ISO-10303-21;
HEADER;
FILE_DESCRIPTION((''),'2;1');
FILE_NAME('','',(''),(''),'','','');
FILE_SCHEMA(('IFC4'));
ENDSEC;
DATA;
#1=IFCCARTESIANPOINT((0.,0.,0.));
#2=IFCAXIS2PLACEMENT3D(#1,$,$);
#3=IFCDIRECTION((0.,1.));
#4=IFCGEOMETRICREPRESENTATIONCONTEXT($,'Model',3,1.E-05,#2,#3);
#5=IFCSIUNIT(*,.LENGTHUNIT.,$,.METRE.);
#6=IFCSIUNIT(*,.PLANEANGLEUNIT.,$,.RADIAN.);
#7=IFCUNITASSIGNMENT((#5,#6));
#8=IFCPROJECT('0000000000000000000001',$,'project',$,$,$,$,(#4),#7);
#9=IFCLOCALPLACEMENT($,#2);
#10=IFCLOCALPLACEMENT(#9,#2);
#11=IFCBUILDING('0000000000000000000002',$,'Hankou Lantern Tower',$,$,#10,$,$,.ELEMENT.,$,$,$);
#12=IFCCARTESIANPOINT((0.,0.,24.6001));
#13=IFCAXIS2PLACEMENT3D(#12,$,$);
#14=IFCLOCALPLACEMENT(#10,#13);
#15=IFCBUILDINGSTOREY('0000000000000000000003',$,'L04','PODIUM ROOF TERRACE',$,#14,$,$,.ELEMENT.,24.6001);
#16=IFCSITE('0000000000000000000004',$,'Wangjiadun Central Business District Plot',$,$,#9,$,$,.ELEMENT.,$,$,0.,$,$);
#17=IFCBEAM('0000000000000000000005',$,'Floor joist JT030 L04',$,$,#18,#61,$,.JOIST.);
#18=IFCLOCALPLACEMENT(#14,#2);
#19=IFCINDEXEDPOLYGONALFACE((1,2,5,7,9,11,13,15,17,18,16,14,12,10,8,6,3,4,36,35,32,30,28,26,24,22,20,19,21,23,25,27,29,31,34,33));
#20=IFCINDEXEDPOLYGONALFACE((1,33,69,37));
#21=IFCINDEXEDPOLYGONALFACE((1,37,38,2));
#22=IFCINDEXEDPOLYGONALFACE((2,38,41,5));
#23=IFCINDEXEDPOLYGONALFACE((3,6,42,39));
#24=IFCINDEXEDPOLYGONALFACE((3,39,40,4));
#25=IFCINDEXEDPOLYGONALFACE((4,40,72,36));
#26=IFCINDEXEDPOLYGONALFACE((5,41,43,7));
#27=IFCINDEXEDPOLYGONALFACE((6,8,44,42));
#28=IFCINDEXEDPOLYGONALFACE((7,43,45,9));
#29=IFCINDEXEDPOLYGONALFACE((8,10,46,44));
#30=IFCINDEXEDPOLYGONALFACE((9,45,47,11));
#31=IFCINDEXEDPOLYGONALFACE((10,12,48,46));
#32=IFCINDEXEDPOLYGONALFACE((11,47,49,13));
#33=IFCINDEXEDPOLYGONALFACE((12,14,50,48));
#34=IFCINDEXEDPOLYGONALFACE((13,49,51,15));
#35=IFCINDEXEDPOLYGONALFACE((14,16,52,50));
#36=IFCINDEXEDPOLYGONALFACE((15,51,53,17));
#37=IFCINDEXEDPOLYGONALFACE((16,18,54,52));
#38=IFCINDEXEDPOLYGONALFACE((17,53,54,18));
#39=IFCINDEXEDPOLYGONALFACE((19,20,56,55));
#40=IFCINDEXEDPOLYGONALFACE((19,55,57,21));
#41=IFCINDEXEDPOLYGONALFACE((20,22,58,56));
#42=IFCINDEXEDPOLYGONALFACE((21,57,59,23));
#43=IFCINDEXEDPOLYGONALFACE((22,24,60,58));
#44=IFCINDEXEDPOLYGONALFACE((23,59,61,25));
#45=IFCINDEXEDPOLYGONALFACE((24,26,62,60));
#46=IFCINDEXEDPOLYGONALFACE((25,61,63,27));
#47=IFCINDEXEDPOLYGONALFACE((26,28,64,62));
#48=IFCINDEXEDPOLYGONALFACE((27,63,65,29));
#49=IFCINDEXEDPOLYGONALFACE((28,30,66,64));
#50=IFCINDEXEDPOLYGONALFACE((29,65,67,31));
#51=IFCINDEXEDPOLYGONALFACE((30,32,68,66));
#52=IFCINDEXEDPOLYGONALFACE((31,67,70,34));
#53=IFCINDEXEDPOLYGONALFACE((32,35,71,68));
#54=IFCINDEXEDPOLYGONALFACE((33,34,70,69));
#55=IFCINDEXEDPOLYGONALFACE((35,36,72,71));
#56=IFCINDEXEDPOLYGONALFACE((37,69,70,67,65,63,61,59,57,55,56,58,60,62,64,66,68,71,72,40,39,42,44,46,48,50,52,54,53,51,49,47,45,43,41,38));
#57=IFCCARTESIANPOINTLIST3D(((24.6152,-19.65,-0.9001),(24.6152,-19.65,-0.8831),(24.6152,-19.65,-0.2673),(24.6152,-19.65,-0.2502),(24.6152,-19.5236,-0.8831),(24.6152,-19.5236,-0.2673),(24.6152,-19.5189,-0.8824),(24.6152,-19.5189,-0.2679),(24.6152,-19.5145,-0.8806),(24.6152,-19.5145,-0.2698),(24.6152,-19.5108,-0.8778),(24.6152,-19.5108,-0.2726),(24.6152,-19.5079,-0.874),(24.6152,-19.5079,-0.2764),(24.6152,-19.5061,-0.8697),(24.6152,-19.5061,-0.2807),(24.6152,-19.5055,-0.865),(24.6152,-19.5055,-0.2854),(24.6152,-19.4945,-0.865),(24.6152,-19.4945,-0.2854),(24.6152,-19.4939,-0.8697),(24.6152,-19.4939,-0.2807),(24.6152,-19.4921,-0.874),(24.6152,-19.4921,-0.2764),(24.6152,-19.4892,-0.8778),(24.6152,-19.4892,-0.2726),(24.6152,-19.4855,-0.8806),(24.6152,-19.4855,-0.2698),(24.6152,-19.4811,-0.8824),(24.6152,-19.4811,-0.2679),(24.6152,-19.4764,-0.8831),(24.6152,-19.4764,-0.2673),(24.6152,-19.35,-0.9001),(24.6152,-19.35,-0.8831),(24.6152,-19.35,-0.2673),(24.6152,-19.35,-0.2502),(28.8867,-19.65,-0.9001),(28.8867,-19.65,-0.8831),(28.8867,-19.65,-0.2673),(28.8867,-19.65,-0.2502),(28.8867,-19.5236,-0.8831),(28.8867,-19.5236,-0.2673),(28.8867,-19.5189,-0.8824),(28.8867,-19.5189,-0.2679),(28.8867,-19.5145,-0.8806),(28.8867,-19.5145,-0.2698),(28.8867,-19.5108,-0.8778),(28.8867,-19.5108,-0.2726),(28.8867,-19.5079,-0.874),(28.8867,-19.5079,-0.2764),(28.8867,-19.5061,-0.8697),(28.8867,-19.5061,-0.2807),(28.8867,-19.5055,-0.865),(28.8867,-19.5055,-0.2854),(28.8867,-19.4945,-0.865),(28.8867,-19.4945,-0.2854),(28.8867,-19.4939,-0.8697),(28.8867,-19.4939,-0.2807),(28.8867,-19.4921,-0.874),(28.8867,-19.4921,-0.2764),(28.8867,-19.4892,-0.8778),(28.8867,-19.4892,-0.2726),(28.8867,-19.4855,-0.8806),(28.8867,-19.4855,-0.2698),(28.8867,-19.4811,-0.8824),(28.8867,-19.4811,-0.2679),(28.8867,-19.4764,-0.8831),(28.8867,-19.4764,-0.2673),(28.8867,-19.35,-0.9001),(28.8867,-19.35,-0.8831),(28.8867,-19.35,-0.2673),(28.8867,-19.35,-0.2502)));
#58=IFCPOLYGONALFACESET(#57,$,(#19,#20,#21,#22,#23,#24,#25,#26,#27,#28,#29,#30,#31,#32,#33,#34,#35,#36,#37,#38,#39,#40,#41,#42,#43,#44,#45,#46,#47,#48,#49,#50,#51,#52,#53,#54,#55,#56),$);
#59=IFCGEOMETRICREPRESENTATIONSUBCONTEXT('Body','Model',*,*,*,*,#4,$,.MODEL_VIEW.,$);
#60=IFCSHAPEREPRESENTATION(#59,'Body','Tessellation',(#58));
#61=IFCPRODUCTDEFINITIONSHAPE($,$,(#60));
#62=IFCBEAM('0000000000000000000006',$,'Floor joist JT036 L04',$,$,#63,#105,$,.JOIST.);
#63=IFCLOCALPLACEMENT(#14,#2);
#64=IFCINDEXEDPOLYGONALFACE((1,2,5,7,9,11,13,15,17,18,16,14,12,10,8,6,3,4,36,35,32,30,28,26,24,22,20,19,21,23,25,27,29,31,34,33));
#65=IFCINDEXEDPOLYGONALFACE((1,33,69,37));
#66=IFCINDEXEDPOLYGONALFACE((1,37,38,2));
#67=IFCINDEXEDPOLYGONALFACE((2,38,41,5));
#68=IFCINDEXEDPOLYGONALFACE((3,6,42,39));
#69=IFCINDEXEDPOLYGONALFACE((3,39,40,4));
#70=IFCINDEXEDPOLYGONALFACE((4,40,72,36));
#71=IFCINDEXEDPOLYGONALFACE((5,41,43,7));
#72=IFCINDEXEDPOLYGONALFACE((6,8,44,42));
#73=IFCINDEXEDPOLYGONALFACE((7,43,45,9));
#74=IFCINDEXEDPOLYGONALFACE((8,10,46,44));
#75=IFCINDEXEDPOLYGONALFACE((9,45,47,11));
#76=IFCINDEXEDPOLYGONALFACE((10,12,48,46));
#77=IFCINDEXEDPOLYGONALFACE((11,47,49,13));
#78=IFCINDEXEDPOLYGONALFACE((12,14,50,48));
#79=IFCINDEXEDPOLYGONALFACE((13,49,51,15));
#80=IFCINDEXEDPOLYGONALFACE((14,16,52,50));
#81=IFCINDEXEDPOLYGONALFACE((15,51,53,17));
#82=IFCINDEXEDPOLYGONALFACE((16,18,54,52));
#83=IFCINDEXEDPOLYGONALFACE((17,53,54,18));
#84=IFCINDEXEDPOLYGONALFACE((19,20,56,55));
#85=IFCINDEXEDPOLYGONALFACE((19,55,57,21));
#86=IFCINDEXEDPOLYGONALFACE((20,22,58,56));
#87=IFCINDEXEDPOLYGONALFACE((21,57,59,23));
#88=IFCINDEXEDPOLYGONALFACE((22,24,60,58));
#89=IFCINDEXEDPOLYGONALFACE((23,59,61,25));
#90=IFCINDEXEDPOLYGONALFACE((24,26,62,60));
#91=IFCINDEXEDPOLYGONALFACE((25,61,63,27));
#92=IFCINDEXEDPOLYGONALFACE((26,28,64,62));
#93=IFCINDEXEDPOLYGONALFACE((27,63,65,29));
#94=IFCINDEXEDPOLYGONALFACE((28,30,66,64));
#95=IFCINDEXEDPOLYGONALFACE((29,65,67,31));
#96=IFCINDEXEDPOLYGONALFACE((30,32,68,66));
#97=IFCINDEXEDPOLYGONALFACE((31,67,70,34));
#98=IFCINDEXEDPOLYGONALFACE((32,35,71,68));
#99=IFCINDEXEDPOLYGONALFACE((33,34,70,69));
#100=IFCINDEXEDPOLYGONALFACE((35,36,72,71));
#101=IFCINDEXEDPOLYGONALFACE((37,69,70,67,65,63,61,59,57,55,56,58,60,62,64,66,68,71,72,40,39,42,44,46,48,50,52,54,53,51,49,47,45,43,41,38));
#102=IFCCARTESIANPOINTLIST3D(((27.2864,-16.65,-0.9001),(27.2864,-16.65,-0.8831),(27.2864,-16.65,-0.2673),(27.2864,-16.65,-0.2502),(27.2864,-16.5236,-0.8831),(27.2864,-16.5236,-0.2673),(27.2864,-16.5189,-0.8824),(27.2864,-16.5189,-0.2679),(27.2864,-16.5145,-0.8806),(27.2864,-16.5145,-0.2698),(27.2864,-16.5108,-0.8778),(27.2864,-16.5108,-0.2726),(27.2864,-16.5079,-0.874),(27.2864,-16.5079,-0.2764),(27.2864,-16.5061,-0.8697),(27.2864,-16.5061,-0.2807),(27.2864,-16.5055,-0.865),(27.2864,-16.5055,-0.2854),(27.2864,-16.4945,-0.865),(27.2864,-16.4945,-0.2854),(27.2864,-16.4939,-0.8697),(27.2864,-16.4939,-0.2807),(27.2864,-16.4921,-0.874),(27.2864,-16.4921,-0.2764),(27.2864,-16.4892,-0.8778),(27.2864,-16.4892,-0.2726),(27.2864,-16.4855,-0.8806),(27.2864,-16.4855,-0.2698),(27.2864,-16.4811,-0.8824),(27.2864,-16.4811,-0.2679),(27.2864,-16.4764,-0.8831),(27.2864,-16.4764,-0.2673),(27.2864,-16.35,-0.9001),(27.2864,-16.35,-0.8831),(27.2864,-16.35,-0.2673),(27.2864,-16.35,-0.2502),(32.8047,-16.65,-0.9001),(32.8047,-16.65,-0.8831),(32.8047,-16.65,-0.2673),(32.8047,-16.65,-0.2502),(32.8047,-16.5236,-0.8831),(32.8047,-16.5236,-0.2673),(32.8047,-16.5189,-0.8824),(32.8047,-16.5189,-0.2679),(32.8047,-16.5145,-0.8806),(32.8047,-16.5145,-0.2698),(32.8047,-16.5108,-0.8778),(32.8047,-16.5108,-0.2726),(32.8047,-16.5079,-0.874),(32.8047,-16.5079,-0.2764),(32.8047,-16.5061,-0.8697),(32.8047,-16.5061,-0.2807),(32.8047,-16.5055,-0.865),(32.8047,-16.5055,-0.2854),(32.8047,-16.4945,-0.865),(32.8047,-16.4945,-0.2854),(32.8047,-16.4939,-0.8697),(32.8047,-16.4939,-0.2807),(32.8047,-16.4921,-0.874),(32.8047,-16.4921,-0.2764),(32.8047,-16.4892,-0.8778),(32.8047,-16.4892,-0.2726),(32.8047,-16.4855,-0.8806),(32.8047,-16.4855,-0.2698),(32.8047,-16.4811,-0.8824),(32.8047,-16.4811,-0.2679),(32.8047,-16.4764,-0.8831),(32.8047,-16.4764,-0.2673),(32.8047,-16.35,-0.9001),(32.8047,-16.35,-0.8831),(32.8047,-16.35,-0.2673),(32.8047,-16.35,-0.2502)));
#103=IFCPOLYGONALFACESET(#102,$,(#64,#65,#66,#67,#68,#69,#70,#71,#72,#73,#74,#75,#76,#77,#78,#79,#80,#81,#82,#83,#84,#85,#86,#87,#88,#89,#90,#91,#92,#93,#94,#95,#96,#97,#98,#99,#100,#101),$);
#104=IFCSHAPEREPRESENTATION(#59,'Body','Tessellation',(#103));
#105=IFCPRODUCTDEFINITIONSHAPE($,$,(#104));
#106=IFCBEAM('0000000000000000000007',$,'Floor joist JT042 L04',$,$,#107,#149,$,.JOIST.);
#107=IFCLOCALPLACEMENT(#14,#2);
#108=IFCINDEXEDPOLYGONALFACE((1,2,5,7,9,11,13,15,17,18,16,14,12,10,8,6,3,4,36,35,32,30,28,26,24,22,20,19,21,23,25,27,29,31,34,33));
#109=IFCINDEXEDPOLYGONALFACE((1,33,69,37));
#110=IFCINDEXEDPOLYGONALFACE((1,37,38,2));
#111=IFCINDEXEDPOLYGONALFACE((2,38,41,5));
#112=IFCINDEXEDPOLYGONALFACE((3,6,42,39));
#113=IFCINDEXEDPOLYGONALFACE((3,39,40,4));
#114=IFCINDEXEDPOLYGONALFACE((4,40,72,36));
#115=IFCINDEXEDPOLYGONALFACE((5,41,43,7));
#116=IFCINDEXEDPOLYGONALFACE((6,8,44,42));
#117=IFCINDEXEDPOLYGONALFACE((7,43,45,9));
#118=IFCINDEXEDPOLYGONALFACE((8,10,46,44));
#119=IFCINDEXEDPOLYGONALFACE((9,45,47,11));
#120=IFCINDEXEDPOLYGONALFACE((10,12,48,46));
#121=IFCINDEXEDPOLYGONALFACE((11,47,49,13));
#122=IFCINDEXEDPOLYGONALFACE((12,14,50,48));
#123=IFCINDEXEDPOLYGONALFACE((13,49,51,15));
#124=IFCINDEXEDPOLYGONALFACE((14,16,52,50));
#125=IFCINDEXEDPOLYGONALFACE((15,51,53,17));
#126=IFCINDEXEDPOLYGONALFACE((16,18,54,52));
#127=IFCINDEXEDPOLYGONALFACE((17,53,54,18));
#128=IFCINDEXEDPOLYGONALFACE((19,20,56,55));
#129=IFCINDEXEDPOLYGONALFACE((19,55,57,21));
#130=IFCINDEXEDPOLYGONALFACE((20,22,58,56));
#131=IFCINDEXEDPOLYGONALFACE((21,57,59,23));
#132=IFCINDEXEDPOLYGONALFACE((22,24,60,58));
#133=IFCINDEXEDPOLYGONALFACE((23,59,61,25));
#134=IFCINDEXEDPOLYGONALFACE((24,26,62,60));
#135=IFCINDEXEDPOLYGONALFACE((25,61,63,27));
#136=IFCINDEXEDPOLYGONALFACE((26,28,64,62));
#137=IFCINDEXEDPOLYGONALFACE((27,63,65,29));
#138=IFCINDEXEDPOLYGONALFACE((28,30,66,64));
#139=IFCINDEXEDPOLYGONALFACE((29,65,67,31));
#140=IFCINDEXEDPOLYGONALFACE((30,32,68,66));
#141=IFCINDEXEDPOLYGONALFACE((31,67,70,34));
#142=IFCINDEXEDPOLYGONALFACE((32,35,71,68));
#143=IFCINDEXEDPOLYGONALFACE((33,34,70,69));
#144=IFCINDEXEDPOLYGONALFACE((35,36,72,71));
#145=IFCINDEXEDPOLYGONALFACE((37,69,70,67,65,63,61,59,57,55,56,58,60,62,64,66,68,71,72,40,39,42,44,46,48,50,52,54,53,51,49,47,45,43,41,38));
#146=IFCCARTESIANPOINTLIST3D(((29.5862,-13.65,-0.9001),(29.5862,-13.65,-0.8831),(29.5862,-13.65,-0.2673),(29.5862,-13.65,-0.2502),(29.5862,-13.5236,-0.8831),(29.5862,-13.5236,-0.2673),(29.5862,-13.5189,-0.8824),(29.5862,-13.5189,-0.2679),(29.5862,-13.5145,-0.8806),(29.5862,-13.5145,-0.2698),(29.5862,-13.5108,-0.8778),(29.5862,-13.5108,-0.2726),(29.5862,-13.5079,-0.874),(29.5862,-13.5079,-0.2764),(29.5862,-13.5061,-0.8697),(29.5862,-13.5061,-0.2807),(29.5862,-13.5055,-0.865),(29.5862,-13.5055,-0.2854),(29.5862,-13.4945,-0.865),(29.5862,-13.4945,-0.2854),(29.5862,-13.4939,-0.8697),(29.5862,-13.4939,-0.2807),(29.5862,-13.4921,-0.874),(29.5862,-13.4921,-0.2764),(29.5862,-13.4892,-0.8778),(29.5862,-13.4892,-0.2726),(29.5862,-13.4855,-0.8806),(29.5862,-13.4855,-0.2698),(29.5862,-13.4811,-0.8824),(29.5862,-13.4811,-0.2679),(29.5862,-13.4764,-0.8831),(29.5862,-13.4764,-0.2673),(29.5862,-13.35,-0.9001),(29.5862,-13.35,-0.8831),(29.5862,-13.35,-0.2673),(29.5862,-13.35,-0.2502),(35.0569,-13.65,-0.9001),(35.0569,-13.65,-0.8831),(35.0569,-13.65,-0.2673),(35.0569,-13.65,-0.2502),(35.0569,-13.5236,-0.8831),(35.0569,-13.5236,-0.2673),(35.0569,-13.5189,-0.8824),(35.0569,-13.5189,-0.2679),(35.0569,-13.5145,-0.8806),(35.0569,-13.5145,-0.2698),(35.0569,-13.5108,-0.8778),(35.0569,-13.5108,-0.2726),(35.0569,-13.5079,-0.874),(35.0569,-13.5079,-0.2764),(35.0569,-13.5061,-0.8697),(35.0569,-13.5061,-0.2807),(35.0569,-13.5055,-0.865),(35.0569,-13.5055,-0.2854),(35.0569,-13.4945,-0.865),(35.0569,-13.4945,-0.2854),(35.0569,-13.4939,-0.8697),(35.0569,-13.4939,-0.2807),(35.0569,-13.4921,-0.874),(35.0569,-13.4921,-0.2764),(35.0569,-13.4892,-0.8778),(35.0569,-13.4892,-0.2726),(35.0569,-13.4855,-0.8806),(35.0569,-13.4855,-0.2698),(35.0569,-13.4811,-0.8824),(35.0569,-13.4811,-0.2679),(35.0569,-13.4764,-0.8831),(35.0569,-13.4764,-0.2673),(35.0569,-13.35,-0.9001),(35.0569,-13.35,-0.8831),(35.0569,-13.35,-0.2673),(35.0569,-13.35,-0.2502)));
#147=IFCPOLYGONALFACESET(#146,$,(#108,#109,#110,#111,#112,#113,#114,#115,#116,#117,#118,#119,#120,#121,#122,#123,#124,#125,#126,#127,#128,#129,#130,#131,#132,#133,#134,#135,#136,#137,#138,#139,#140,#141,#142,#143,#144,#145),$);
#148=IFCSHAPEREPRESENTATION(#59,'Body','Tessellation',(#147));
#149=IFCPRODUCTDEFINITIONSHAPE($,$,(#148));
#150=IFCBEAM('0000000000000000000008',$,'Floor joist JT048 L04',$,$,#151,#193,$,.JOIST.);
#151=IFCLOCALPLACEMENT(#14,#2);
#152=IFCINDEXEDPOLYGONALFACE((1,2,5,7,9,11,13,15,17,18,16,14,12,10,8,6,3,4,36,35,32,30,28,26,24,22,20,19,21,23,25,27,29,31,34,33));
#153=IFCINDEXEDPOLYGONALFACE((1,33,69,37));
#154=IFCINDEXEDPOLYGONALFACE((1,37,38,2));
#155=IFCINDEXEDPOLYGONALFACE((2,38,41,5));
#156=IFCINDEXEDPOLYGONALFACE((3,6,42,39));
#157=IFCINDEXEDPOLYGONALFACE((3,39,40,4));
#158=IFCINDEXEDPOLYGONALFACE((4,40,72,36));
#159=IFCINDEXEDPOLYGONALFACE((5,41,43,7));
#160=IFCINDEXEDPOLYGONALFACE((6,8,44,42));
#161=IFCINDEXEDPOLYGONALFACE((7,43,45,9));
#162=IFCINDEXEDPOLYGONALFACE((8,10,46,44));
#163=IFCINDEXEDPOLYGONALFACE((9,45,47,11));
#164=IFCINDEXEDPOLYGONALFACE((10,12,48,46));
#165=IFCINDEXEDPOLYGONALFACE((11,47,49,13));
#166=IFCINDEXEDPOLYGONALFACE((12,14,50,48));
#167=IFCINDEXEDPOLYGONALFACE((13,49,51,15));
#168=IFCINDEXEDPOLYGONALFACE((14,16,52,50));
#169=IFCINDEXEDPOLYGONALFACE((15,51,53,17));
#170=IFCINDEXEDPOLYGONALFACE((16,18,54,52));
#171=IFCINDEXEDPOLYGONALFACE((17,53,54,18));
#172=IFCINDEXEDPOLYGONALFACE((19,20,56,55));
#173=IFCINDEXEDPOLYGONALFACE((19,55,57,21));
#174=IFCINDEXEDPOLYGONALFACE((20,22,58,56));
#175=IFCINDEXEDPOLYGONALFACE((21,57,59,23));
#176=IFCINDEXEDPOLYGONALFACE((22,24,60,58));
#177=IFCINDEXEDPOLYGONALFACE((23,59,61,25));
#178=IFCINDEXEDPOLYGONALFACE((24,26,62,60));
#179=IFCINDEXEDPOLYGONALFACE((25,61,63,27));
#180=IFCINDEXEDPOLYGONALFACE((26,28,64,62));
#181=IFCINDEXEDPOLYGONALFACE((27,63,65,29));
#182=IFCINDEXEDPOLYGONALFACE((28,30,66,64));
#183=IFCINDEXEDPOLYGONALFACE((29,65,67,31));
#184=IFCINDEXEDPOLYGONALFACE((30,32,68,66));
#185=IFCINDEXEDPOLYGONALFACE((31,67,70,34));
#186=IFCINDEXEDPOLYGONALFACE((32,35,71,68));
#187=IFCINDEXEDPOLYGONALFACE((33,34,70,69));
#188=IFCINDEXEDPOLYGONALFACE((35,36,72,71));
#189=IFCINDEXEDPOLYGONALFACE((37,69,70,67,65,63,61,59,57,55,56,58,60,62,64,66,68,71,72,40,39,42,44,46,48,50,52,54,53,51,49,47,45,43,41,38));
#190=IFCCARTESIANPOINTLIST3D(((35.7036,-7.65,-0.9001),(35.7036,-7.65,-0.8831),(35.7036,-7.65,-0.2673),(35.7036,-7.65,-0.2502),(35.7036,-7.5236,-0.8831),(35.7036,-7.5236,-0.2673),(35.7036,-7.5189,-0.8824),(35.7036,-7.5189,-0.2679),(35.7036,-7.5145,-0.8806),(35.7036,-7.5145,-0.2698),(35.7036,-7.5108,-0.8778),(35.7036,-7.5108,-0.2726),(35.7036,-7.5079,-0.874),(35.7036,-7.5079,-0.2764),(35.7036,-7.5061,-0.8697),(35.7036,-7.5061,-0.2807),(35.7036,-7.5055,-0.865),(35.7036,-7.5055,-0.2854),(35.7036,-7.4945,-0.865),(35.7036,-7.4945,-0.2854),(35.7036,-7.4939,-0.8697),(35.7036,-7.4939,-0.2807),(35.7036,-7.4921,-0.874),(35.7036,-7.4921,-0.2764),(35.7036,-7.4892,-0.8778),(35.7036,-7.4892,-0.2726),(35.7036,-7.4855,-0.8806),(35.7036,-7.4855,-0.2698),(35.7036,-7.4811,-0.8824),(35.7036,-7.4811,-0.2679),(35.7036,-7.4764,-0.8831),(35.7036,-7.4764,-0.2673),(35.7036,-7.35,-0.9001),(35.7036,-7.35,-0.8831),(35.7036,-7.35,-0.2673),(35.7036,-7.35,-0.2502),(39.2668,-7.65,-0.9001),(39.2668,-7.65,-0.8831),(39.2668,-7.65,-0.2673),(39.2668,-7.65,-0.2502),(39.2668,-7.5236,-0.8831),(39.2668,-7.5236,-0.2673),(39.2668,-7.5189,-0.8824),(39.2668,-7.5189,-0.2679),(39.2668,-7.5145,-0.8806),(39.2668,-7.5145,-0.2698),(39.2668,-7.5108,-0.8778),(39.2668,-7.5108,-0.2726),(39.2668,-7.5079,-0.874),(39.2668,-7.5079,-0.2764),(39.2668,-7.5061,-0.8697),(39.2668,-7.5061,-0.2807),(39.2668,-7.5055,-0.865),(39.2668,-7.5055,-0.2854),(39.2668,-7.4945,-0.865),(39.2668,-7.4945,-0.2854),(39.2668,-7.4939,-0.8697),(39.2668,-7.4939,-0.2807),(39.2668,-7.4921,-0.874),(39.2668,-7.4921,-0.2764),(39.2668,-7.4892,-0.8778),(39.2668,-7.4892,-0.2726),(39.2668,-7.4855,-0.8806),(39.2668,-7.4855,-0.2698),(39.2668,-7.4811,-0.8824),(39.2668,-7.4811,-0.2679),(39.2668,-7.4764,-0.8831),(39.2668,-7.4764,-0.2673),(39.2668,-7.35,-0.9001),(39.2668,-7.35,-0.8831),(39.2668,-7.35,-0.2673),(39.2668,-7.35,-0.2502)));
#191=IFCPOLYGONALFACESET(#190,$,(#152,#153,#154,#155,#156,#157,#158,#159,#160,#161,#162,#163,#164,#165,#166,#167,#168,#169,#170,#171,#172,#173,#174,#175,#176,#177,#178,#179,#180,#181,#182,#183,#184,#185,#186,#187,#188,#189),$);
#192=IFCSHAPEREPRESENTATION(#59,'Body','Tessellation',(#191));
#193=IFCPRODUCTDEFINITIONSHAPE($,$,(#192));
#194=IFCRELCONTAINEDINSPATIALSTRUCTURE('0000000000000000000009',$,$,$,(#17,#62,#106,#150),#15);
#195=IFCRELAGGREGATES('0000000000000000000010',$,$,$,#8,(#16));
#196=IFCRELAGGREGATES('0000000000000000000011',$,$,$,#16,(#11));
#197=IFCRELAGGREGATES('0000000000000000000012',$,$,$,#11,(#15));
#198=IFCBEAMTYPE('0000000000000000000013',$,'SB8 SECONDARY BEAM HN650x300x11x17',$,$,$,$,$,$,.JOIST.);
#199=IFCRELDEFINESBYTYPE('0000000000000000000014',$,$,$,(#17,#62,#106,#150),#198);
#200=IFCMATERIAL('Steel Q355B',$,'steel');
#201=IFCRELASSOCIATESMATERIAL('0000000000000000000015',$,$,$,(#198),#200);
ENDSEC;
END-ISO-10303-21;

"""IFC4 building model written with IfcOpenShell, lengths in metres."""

from ifc_helpers import new_model, si_unit, direction, frame, origin, origin_2d, place, context, subcontext, project, spatial, i_section, extrude, material, material_profile, profile_set, type_object, element, save


model = new_model("IFC4")

# Units and contexts
model_context = context("Model", 3, precision=1e-05, world=origin(), true_north=direction((0.0, 1.0)))
body_context = subcontext(model_context, "Body", "Model", "MODEL_VIEW")
ifc_project = project(units=[si_unit("LENGTHUNIT", "METRE"), si_unit("PLANEANGLEUNIT", "RADIAN")], contexts=[model_context])

# Site, building, storey
site_placement = place(None, origin())
site = spatial("IfcSite", under=ifc_project, at=site_placement, Name="Wangjiadun Central Business District Plot", CompositionType="ELEMENT", RefElevation=0.0)
building_placement = place(site_placement, origin())
building = spatial("IfcBuilding", under=site, at=building_placement, Name="Hankou Lantern Tower", CompositionType="ELEMENT")
storey_placement = place(building_placement, frame((0.0, 0.0, 24.6001)))
storey = spatial("IfcBuildingStorey", under=building, at=storey_placement, Name="L04", Description="PODIUM ROOF TERRACE", CompositionType="ELEMENT", Elevation=24.6001)

# Beams
ifc_material_1 = material(Name="Steel Q355B", Category="steel")
ifc_material_profile_1 = material_profile(ifc_material_1, i_section(OverallWidth=0.3, OverallDepth=0.6499, WebThickness=0.011, FlangeThickness=0.0171, FilletRadius=0.0181, at=origin_2d()), Name="HN650x300x11x17")
ifc_profile_set_1 = profile_set([ifc_material_profile_1], Name="Steel Q355B")
beam_type_1 = type_object("IfcBeamType", Name="SB8 SECONDARY BEAM HN650x300x11x17", PredefinedType="JOIST", material=ifc_profile_set_1)
beam_1_placement = place(storey_placement, frame((24.6152, -19.5, -0.5752), z_axis=(1.0, 0.0, 0.0), x_axis=(0.0, 1.0, 0.0)))
element("IfcBeam", 1, at=beam_1_placement, inside=storey, type_object=beam_type_1, Name="Floor joist JT030 L04", PredefinedType="JOIST", context=body_context, shape_type="SweptSolid", body=[
    extrude(i_section(OverallWidth=0.3, OverallDepth=0.6499, WebThickness=0.011, FlangeThickness=0.0171, FilletRadius=0.0181, at=origin_2d()), origin(), (0.0, 0.0, 1.0), 4.2715),
])
beam_2_placement = place(storey_placement, frame((27.2864, -16.5, -0.5752), z_axis=(1.0, 0.0, 0.0), x_axis=(0.0, 1.0, 0.0)))
element("IfcBeam", 2, at=beam_2_placement, inside=storey, type_object=beam_type_1, Name="Floor joist JT036 L04", PredefinedType="JOIST", context=body_context, shape_type="SweptSolid", body=[
    extrude(i_section(OverallWidth=0.3, OverallDepth=0.6499, WebThickness=0.011, FlangeThickness=0.0171, FilletRadius=0.0181, at=origin_2d()), origin(), (0.0, 0.0, 1.0), 5.5183),
])
beam_3_placement = place(storey_placement, frame((29.5862, -13.5, -0.5752), z_axis=(1.0, 0.0, 0.0), x_axis=(0.0, 1.0, 0.0)))
element("IfcBeam", 3, at=beam_3_placement, inside=storey, type_object=beam_type_1, Name="Floor joist JT042 L04", PredefinedType="JOIST", context=body_context, shape_type="SweptSolid", body=[
    extrude(i_section(OverallWidth=0.3, OverallDepth=0.6499, WebThickness=0.011, FlangeThickness=0.0171, FilletRadius=0.0181, at=origin_2d()), origin(), (0.0, 0.0, 1.0), 5.4707),
])
beam_4_placement = place(storey_placement, frame((35.7036, -7.5, -0.5752), z_axis=(1.0, 0.0, 0.0), x_axis=(0.0, 1.0, 0.0)))
element("IfcBeam", 4, at=beam_4_placement, inside=storey, type_object=beam_type_1, Name="Floor joist JT048 L04", PredefinedType="JOIST", context=body_context, shape_type="SweptSolid", body=[
    extrude(i_section(OverallWidth=0.3, OverallDepth=0.6499, WebThickness=0.011, FlangeThickness=0.0171, FilletRadius=0.0181, at=origin_2d()), origin(), (0.0, 0.0, 1.0), 3.5632),
])

save(model, "model.ifc")
